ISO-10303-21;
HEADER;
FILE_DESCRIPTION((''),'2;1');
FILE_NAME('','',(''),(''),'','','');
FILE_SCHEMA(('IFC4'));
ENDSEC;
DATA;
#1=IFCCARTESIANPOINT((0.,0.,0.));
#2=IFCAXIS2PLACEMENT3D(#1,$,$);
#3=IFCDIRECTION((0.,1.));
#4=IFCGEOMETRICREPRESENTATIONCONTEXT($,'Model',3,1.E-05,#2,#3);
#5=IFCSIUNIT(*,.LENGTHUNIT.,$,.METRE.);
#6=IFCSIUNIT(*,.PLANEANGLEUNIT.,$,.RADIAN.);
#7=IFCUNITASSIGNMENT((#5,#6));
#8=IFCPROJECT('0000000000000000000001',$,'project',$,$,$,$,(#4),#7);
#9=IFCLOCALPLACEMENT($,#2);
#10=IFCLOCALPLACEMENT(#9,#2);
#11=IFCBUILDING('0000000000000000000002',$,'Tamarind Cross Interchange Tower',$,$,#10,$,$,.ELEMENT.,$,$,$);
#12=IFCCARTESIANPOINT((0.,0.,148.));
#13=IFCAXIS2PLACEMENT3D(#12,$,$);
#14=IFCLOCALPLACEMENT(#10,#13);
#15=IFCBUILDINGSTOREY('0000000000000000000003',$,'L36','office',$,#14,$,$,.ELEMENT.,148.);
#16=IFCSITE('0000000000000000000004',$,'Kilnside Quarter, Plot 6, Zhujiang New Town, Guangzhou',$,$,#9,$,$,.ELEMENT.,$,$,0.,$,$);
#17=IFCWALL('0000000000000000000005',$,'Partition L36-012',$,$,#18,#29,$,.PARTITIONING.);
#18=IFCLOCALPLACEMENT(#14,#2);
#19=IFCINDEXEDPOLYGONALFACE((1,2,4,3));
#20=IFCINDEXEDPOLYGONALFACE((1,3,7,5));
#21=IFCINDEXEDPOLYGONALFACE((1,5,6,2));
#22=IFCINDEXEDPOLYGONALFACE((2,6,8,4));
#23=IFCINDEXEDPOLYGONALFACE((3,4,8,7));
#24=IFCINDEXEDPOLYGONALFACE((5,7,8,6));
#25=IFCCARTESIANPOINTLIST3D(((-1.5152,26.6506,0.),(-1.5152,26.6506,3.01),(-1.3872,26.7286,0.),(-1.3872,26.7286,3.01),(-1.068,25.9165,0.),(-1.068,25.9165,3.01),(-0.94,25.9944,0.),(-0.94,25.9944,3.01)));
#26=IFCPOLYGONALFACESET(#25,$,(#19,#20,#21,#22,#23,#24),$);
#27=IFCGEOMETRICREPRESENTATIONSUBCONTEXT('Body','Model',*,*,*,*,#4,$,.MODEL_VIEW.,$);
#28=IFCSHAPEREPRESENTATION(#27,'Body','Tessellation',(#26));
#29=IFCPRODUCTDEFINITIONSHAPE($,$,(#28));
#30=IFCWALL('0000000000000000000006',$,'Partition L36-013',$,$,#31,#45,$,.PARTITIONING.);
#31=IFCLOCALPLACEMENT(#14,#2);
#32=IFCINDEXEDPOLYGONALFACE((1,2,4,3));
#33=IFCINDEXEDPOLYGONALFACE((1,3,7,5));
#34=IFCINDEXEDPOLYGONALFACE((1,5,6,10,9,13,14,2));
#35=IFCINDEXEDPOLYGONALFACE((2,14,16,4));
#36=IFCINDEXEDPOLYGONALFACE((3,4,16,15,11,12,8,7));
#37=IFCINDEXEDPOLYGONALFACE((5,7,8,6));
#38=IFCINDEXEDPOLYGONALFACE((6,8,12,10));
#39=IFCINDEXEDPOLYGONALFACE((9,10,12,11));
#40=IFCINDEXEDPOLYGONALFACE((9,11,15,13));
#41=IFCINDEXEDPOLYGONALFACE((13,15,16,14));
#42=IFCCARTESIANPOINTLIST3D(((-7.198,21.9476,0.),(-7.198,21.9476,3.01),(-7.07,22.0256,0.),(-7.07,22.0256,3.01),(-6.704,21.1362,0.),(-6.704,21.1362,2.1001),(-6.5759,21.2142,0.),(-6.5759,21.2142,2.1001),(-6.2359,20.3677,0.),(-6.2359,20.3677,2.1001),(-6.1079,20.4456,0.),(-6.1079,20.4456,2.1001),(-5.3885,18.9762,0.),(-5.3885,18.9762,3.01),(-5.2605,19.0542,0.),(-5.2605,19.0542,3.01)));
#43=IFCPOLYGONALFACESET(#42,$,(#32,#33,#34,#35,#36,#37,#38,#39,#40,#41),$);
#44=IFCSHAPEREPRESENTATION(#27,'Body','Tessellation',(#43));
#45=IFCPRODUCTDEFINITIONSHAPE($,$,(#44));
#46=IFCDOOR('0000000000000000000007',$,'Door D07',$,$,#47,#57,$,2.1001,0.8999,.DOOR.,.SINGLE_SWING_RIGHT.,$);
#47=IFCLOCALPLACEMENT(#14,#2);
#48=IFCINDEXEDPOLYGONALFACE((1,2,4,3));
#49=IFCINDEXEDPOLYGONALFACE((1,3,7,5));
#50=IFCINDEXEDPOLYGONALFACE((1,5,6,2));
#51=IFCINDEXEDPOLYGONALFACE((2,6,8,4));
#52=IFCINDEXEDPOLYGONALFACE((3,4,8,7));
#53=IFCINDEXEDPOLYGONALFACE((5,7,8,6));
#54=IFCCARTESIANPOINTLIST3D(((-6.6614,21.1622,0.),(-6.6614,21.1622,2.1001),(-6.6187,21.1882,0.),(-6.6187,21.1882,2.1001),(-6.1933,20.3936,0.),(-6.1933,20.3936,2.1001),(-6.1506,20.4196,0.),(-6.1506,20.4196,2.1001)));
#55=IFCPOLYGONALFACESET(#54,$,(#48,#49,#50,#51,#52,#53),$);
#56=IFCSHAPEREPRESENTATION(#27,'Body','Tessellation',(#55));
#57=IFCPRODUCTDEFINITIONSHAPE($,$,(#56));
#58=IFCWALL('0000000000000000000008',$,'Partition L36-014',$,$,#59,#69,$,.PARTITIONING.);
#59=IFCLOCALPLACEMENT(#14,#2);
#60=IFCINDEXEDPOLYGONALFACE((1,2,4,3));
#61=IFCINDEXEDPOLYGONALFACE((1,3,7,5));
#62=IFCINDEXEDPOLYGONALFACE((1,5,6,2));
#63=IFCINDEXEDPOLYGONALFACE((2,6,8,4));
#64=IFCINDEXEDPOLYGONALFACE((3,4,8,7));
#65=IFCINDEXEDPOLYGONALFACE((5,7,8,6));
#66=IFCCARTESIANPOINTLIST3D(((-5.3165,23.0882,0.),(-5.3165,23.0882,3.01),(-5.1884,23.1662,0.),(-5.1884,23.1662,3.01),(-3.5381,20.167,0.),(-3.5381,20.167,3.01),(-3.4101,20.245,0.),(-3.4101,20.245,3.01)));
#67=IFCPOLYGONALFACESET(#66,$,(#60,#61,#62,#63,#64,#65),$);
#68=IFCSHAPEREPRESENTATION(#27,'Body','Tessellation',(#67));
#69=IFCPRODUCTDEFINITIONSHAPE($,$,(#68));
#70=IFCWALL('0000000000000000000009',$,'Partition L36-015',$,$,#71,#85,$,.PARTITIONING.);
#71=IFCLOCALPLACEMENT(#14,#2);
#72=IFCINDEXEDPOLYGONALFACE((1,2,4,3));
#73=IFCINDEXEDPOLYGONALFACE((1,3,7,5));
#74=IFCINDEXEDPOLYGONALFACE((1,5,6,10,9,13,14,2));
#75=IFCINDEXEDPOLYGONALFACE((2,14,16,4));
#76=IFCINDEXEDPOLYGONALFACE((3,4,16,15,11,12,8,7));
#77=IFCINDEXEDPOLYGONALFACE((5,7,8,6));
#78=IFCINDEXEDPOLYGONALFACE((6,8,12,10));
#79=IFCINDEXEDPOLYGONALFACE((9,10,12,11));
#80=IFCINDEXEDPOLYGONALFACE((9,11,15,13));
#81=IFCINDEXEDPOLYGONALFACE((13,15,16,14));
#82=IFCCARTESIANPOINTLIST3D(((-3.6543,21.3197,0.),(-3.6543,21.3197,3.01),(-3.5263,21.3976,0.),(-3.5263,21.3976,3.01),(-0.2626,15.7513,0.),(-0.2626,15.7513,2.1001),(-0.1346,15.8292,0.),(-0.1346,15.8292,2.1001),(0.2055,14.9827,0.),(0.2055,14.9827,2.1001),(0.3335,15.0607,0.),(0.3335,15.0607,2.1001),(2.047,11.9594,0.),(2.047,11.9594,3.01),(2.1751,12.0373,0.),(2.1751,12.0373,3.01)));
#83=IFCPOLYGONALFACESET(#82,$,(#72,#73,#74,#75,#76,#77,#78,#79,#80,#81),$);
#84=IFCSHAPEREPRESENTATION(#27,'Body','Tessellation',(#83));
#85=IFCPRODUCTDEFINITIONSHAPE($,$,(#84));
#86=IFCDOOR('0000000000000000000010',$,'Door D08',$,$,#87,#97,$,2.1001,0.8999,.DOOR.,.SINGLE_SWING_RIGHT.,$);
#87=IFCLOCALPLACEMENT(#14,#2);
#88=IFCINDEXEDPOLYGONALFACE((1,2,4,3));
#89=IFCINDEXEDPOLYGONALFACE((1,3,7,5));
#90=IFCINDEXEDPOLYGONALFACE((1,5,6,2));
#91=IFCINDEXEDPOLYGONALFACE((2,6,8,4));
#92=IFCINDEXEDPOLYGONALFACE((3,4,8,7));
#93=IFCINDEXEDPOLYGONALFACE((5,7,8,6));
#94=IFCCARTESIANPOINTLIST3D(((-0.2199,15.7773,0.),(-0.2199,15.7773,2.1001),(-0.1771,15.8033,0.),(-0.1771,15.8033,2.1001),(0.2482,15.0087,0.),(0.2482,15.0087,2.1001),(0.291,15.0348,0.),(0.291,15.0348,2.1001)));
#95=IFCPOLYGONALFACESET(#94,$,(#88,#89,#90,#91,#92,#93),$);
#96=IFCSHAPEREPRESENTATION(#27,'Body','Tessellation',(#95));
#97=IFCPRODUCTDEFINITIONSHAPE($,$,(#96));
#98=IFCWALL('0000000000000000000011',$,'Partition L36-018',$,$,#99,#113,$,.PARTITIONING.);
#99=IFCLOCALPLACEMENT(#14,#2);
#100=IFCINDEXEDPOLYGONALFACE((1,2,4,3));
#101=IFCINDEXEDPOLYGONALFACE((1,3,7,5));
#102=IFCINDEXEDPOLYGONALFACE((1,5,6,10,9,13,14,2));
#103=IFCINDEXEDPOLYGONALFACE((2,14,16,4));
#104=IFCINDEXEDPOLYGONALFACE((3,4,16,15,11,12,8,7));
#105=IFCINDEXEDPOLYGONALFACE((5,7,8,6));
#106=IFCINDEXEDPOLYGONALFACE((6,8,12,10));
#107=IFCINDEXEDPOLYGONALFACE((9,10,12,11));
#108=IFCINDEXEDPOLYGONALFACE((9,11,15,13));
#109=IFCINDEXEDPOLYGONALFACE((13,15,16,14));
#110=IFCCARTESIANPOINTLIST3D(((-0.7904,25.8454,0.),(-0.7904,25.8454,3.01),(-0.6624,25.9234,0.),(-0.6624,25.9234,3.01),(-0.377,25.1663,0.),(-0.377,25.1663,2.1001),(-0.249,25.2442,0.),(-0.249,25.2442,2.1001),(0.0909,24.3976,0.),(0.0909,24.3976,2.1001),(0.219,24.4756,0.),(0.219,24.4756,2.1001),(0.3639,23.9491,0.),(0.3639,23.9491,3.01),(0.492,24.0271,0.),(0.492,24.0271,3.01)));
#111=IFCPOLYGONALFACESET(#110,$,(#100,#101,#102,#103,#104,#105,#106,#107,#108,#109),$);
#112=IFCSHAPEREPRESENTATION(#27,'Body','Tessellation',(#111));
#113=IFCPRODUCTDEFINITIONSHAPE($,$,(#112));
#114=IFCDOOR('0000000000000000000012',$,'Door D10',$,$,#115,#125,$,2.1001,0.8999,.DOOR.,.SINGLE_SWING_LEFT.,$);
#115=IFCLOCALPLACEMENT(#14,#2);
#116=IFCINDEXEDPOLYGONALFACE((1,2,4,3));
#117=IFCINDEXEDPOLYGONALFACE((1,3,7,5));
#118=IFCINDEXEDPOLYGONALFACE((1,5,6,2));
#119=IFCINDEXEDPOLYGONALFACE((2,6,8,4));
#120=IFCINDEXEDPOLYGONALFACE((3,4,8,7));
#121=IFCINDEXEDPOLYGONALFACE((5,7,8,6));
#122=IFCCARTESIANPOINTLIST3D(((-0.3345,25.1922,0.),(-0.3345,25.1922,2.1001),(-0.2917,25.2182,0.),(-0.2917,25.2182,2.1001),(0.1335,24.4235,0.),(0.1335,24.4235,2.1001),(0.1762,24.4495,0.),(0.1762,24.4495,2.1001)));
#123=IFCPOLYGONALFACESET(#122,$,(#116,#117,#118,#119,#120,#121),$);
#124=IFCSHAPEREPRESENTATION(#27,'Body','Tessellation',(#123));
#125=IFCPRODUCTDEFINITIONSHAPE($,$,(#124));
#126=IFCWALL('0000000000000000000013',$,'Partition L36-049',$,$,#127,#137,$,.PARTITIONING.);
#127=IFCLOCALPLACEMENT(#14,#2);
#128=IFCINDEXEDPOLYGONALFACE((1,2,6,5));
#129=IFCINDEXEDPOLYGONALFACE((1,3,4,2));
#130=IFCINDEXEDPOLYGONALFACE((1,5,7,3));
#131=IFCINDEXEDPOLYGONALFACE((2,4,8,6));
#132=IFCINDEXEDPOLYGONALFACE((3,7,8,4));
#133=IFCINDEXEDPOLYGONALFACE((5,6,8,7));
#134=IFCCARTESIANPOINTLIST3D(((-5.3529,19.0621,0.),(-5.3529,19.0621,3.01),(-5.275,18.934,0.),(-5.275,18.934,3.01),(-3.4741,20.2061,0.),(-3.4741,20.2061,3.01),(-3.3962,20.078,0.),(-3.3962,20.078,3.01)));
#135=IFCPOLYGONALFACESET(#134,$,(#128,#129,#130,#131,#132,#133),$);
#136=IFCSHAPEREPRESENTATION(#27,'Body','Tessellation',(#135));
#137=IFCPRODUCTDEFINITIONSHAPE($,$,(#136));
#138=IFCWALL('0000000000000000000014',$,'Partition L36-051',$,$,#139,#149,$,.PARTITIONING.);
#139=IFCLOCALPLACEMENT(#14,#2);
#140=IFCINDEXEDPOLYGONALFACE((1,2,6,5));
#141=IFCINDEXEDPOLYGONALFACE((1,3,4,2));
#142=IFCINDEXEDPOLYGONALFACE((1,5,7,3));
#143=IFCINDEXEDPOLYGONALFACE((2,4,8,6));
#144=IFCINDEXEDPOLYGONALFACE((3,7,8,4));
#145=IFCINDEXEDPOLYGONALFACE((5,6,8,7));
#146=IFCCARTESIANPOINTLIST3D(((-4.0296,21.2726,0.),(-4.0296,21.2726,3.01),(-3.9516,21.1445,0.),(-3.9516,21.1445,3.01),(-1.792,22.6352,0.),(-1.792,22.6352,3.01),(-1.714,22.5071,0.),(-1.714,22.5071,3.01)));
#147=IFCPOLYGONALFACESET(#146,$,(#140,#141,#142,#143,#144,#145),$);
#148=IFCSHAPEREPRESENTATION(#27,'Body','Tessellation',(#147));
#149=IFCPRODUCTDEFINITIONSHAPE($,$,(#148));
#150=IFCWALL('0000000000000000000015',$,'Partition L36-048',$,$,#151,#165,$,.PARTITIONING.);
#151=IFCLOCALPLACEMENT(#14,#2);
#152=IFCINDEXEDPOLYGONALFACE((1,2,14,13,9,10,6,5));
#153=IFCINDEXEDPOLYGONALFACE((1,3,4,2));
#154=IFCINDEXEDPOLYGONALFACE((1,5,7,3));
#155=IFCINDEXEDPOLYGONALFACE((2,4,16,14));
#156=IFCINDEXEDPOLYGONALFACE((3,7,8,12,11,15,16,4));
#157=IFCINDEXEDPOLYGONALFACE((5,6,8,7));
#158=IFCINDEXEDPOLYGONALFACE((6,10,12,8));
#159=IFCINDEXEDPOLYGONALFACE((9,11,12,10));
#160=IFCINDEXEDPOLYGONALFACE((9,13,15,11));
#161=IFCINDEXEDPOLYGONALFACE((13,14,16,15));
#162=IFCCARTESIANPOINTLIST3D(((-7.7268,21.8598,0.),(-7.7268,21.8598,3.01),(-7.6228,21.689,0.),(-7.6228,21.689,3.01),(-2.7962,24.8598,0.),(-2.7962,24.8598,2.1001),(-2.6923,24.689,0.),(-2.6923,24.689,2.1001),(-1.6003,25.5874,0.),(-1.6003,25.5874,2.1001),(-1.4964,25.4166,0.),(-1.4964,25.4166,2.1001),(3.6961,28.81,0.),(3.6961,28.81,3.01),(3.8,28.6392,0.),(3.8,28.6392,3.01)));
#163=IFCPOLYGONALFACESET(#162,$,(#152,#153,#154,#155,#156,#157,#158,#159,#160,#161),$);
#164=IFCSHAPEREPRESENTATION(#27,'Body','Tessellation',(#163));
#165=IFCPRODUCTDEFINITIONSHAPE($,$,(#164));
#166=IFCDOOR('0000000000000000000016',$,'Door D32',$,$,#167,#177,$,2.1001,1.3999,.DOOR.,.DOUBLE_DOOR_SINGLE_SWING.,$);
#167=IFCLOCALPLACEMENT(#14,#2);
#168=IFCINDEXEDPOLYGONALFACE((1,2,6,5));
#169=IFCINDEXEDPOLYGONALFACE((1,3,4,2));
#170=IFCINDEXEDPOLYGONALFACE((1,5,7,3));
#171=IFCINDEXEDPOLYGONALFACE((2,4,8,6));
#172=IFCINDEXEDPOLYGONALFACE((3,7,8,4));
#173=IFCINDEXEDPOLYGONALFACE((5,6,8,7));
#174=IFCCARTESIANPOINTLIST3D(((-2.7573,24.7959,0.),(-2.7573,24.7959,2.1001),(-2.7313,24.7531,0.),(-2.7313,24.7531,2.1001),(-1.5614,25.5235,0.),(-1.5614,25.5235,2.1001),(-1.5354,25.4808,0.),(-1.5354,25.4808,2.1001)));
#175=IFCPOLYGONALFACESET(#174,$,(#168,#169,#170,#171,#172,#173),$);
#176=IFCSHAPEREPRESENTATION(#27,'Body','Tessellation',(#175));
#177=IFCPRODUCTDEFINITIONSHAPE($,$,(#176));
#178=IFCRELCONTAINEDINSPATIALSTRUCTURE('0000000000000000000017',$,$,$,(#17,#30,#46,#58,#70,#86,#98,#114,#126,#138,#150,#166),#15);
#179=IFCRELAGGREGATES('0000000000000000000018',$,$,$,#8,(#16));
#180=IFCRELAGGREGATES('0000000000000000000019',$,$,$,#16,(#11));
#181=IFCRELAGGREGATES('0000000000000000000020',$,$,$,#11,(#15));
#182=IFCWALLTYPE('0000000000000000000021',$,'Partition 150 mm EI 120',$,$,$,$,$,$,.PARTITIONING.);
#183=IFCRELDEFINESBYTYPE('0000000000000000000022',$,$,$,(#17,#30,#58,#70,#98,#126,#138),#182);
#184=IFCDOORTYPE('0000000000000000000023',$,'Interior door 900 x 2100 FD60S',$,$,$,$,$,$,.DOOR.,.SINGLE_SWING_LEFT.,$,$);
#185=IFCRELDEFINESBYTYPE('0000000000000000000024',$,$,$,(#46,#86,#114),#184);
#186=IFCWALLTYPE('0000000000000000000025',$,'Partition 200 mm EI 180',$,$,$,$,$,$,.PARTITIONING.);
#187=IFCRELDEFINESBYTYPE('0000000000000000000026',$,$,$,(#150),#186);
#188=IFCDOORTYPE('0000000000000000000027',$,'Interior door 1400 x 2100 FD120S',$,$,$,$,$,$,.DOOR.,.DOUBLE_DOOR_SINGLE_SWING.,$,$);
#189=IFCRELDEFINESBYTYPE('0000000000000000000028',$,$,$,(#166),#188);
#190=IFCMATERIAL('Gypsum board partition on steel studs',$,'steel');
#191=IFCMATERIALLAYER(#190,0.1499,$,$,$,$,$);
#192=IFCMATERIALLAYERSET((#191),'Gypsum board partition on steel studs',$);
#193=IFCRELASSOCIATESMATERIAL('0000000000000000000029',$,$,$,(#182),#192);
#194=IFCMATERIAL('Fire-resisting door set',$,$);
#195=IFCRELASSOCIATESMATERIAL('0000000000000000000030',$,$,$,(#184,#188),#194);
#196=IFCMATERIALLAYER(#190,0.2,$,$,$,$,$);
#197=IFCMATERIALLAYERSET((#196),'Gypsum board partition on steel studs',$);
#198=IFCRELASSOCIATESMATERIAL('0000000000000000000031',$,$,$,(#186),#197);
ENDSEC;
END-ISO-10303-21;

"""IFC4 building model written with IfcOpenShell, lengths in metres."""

from ifc_helpers import new_model, si_unit, direction, frame, frame_2d, origin, place, context, subcontext, project, spatial, rectangle, extrude, material, layer, layer_set, type_object, element, fill, save


model = new_model("IFC4")

# Units and contexts
model_context = context("Model", 3, precision=1e-05, world=origin(), true_north=direction((0.0, 1.0)))
body_context = subcontext(model_context, "Body", "Model", "MODEL_VIEW")
ifc_project = project(units=[si_unit("LENGTHUNIT", "METRE"), si_unit("PLANEANGLEUNIT", "RADIAN")], contexts=[model_context])

# Site, building, storey
site_placement = place(None, origin())
site = spatial("IfcSite", under=ifc_project, at=site_placement, Name="Kilnside Quarter, Plot 6, Zhujiang New Town, Guangzhou", CompositionType="ELEMENT", RefElevation=0.0)
building_placement = place(site_placement, origin())
building = spatial("IfcBuilding", under=site, at=building_placement, Name="Tamarind Cross Interchange Tower", CompositionType="ELEMENT")
storey_placement = place(building_placement, frame((0.0, 0.0, 148.0)))
storey = spatial("IfcBuildingStorey", under=building, at=storey_placement, Name="L36", Description="office", CompositionType="ELEMENT", Elevation=148.0)

# Wall
ifc_material_1 = material(Name="Gypsum board partition on steel studs", Category="steel")
ifc_layer_1 = layer(ifc_material_1, 0.1499)
ifc_layer_set_1 = layer_set([ifc_layer_1], Name="Gypsum board partition on steel studs")
wall_type_1 = type_object("IfcWallType", Name="Partition 150 mm EI 120", PredefinedType="PARTITIONING", material=ifc_layer_set_1)
wall_1_placement = place(storey_placement, frame((-1.4512, 26.6895, 0.0), z_axis=(0.0, 0.0, 1.0), x_axis=(0.520289, -0.85399, 0.0)))
element("IfcWall", 1, at=wall_1_placement, inside=storey, type_object=wall_type_1, Name="Partition L36-012", PredefinedType="PARTITIONING", context=body_context, shape_type="SweptSolid", body=[
    extrude(rectangle(XDim=0.8596, YDim=0.1499, at=frame_2d((0.4297, 0.0))), origin(), (0.0, 0.0, 1.0), 3.01),
])

# Wall, opening, door
wall_2_placement = place(storey_placement, frame((-7.134, 21.9866, 0.0), z_axis=(0.0, 0.0, 1.0), x_axis=(0.520129, -0.854087, 0.0)))
wall_2 = element("IfcWall", 2, at=wall_2_placement, inside=storey, type_object=wall_type_1, Name="Partition L36-013", PredefinedType="PARTITIONING", context=body_context, shape_type="SweptSolid", body=[
    extrude(rectangle(XDim=3.479, YDim=0.1499, at=frame_2d((1.7395, 0.0))), origin(), (0.0, 0.0, 1.0), 3.01),
])
opening_1_placement = place(wall_2_placement, frame((0.95, 0.0, 0.0)))
opening_1 = element("IfcOpeningElement", 3, at=opening_1_placement, cuts=wall_2, PredefinedType="OPENING", context=body_context, shape_type="SweptSolid", body=[
    extrude(rectangle(XDim=0.8999, YDim=2.1001, at=frame_2d((0.45, 1.05))), frame((0.0, 0.085, 0.0), z_axis=(0.0, -1.0, 0.0), x_axis=(1.0, 0.0, 0.0)), (0.0, 0.0, 1.0), 0.1699),
])
ifc_material_2 = material(Name="Fire-resisting door set")
door_type_1 = type_object("IfcDoorType", Name="Interior door 900 x 2100 FD60S", OperationType="SINGLE_SWING_LEFT", PredefinedType="DOOR", material=ifc_material_2)
door_1_placement = place(opening_1_placement, origin())
door_1 = element("IfcDoor", 4, at=door_1_placement, inside=storey, type_object=door_type_1, Name="Door D07", OperationType="SINGLE_SWING_RIGHT", OverallHeight=2.1001, OverallWidth=0.8999, PredefinedType="DOOR", context=body_context, shape_type="SweptSolid", body=[
    extrude(rectangle(XDim=0.8999, YDim=2.1001, at=frame_2d((0.45, 1.05))), frame((0.0, 0.0249, 0.0), z_axis=(0.0, -1.0, 0.0), x_axis=(1.0, 0.0, 0.0)), (0.0, 0.0, 1.0), 0.05),
])
fill(opening_1, door_1)

# Wall
wall_3_placement = place(storey_placement, frame((-5.2524, 23.1272, 0.0), z_axis=(0.0, 0.0, 1.0), x_axis=(0.519997, -0.854168, 0.0)))
element("IfcWall", 5, at=wall_3_placement, inside=storey, type_object=wall_type_1, Name="Partition L36-014", PredefinedType="PARTITIONING", context=body_context, shape_type="SweptSolid", body=[
    extrude(rectangle(XDim=3.4199, YDim=0.1499, at=frame_2d((1.71, 0.0))), origin(), (0.0, 0.0, 1.0), 3.01),
])

# Walls, openings, doors
wall_4_placement = place(storey_placement, frame((-3.5903, 21.3586, 0.0), z_axis=(0.0, 0.0, 1.0), x_axis=(0.520201, -0.854044, 0.0)))
wall_4 = element("IfcWall", 6, at=wall_4_placement, inside=storey, type_object=wall_type_1, Name="Partition L36-015", PredefinedType="PARTITIONING", context=body_context, shape_type="SweptSolid", body=[
    extrude(rectangle(XDim=10.96, YDim=0.1499, at=frame_2d((5.48, 0.0))), origin(), (0.0, 0.0, 1.0), 3.01),
])
opening_2_placement = place(wall_4_placement, frame((6.52, 0.0, 0.0)))
opening_2 = element("IfcOpeningElement", 7, at=opening_2_placement, cuts=wall_4, PredefinedType="OPENING", context=body_context, shape_type="SweptSolid", body=[
    extrude(rectangle(XDim=0.8999, YDim=2.1001, at=frame_2d((0.45, 1.05))), frame((0.0, 0.085, 0.0), z_axis=(0.0, -1.0, 0.0), x_axis=(1.0, 0.0, 0.0)), (0.0, 0.0, 1.0), 0.1699),
])
door_2_placement = place(opening_2_placement, frame((0.8999, 0.0, 0.0), z_axis=(0.0, 0.0, 1.0), x_axis=(-1.0, 0.0, 0.0)))
door_2 = element("IfcDoor", 8, at=door_2_placement, inside=storey, type_object=door_type_1, Name="Door D08", OperationType="SINGLE_SWING_RIGHT", OverallHeight=2.1001, OverallWidth=0.8999, PredefinedType="DOOR", context=body_context, shape_type="SweptSolid", body=[
    extrude(rectangle(XDim=0.8999, YDim=2.1001, at=frame_2d((0.45, 1.05))), frame((0.0, 0.0249, 0.0), z_axis=(0.0, -1.0, 0.0), x_axis=(1.0, 0.0, 0.0)), (0.0, 0.0, 1.0), 0.05),
])
fill(opening_2, door_2)
wall_5_placement = place(storey_placement, frame((-0.7263, 25.8843, 0.0), z_axis=(0.0, 0.0, 1.0), x_axis=(0.519968, -0.854186, 0.0)))
wall_5 = element("IfcWall", 9, at=wall_5_placement, inside=storey, type_object=wall_type_1, Name="Partition L36-018", PredefinedType="PARTITIONING", context=body_context, shape_type="SweptSolid", body=[
    extrude(rectangle(XDim=2.22, YDim=0.1499, at=frame_2d((1.1099, 0.0))), origin(), (0.0, 0.0, 1.0), 3.01),
])
opening_3_placement = place(wall_5_placement, frame((0.7949, 0.0, 0.0)))
opening_3 = element("IfcOpeningElement", 10, at=opening_3_placement, cuts=wall_5, PredefinedType="OPENING", context=body_context, shape_type="SweptSolid", body=[
    extrude(rectangle(XDim=0.8999, YDim=2.1001, at=frame_2d((0.45, 1.05))), frame((0.0, 0.085, 0.0), z_axis=(0.0, -1.0, 0.0), x_axis=(1.0, 0.0, 0.0)), (0.0, 0.0, 1.0), 0.1699),
])
door_3_placement = place(opening_3_placement, origin())
door_3 = element("IfcDoor", 11, at=door_3_placement, inside=storey, type_object=door_type_1, Name="Door D10", OperationType="SINGLE_SWING_LEFT", OverallHeight=2.1001, OverallWidth=0.8999, PredefinedType="DOOR", context=body_context, shape_type="SweptSolid", body=[
    extrude(rectangle(XDim=0.8999, YDim=2.1001, at=frame_2d((0.45, 1.05))), frame((0.0, 0.0249, 0.0), z_axis=(0.0, -1.0, 0.0), x_axis=(1.0, 0.0, 0.0)), (0.0, 0.0, 1.0), 0.05),
])
fill(opening_3, door_3)

# Walls
wall_6_placement = place(storey_placement, frame((-5.314, 18.998, 0.0), z_axis=(0.0, 0.0, 1.0), x_axis=(0.854126, 0.520067, 0.0)))
element("IfcWall", 12, at=wall_6_placement, inside=storey, type_object=wall_type_1, Name="Partition L36-049", PredefinedType="PARTITIONING", context=body_context, shape_type="SweptSolid", body=[
    extrude(rectangle(XDim=2.1997, YDim=0.1499, at=frame_2d((1.0999, 0.0))), origin(), (0.0, 0.0, 1.0), 3.01),
])
wall_7_placement = place(storey_placement, frame((-3.9907, 21.2085, 0.0), z_axis=(0.0, 0.0, 1.0), x_axis=(0.854103, 0.520104, 0.0)))
element("IfcWall", 13, at=wall_7_placement, inside=storey, type_object=wall_type_1, Name="Partition L36-051", PredefinedType="PARTITIONING", context=body_context, shape_type="SweptSolid", body=[
    extrude(rectangle(XDim=2.6199, YDim=0.1499, at=frame_2d((1.3101, 0.0))), origin(), (0.0, 0.0, 1.0), 3.01),
])

# Wall, opening, door
ifc_layer_2 = layer(ifc_material_1, 0.2)
ifc_layer_set_2 = layer_set([ifc_layer_2], Name="Gypsum board partition on steel studs")
wall_type_2 = type_object("IfcWallType", Name="Partition 200 mm EI 180", PredefinedType="PARTITIONING", material=ifc_layer_set_2)
wall_8_placement = place(storey_placement, frame((-7.6748, 21.7744, 0.0), z_axis=(0.0, 0.0, 1.0), x_axis=(0.854293, 0.519792, 0.0)))
wall_8 = element("IfcWall", 14, at=wall_8_placement, inside=storey, type_object=wall_type_2, Name="Partition L36-048", PredefinedType="PARTITIONING", context=body_context, shape_type="SweptSolid", body=[
    extrude(rectangle(XDim=13.3711, YDim=0.2, at=frame_2d((6.6855, 0.0))), origin(), (0.0, 0.0, 1.0), 3.01),
])
opening_4_placement = place(wall_8_placement, frame((5.7715, 0.0, 0.0)))
opening_4 = element("IfcOpeningElement", 15, at=opening_4_placement, cuts=wall_8, PredefinedType="OPENING", context=body_context, shape_type="SweptSolid", body=[
    extrude(rectangle(XDim=1.3999, YDim=2.1001, at=frame_2d((0.7, 1.05))), frame((0.0, 0.1099, 0.0), z_axis=(0.0, -1.0, 0.0), x_axis=(1.0, 0.0, 0.0)), (0.0, 0.0, 1.0), 0.22),
])
door_type_2 = type_object("IfcDoorType", Name="Interior door 1400 x 2100 FD120S", OperationType="DOUBLE_DOOR_SINGLE_SWING", PredefinedType="DOOR", material=ifc_material_2)
door_4_placement = place(opening_4_placement, frame((1.3999, 0.0, 0.0), z_axis=(0.0, 0.0, 1.0), x_axis=(-1.0, 0.0, 0.0)))
door_4 = element("IfcDoor", 16, at=door_4_placement, inside=storey, type_object=door_type_2, Name="Door D32", OperationType="DOUBLE_DOOR_SINGLE_SWING", OverallHeight=2.1001, OverallWidth=1.3999, PredefinedType="DOOR", context=body_context, shape_type="SweptSolid", body=[
    extrude(rectangle(XDim=1.3999, YDim=2.1001, at=frame_2d((0.7, 1.05))), frame((0.0, 0.0249, 0.0), z_axis=(0.0, -1.0, 0.0), x_axis=(1.0, 0.0, 0.0)), (0.0, 0.0, 1.0), 0.05),
])
fill(opening_4, door_4)

save(model, "model.ifc")
